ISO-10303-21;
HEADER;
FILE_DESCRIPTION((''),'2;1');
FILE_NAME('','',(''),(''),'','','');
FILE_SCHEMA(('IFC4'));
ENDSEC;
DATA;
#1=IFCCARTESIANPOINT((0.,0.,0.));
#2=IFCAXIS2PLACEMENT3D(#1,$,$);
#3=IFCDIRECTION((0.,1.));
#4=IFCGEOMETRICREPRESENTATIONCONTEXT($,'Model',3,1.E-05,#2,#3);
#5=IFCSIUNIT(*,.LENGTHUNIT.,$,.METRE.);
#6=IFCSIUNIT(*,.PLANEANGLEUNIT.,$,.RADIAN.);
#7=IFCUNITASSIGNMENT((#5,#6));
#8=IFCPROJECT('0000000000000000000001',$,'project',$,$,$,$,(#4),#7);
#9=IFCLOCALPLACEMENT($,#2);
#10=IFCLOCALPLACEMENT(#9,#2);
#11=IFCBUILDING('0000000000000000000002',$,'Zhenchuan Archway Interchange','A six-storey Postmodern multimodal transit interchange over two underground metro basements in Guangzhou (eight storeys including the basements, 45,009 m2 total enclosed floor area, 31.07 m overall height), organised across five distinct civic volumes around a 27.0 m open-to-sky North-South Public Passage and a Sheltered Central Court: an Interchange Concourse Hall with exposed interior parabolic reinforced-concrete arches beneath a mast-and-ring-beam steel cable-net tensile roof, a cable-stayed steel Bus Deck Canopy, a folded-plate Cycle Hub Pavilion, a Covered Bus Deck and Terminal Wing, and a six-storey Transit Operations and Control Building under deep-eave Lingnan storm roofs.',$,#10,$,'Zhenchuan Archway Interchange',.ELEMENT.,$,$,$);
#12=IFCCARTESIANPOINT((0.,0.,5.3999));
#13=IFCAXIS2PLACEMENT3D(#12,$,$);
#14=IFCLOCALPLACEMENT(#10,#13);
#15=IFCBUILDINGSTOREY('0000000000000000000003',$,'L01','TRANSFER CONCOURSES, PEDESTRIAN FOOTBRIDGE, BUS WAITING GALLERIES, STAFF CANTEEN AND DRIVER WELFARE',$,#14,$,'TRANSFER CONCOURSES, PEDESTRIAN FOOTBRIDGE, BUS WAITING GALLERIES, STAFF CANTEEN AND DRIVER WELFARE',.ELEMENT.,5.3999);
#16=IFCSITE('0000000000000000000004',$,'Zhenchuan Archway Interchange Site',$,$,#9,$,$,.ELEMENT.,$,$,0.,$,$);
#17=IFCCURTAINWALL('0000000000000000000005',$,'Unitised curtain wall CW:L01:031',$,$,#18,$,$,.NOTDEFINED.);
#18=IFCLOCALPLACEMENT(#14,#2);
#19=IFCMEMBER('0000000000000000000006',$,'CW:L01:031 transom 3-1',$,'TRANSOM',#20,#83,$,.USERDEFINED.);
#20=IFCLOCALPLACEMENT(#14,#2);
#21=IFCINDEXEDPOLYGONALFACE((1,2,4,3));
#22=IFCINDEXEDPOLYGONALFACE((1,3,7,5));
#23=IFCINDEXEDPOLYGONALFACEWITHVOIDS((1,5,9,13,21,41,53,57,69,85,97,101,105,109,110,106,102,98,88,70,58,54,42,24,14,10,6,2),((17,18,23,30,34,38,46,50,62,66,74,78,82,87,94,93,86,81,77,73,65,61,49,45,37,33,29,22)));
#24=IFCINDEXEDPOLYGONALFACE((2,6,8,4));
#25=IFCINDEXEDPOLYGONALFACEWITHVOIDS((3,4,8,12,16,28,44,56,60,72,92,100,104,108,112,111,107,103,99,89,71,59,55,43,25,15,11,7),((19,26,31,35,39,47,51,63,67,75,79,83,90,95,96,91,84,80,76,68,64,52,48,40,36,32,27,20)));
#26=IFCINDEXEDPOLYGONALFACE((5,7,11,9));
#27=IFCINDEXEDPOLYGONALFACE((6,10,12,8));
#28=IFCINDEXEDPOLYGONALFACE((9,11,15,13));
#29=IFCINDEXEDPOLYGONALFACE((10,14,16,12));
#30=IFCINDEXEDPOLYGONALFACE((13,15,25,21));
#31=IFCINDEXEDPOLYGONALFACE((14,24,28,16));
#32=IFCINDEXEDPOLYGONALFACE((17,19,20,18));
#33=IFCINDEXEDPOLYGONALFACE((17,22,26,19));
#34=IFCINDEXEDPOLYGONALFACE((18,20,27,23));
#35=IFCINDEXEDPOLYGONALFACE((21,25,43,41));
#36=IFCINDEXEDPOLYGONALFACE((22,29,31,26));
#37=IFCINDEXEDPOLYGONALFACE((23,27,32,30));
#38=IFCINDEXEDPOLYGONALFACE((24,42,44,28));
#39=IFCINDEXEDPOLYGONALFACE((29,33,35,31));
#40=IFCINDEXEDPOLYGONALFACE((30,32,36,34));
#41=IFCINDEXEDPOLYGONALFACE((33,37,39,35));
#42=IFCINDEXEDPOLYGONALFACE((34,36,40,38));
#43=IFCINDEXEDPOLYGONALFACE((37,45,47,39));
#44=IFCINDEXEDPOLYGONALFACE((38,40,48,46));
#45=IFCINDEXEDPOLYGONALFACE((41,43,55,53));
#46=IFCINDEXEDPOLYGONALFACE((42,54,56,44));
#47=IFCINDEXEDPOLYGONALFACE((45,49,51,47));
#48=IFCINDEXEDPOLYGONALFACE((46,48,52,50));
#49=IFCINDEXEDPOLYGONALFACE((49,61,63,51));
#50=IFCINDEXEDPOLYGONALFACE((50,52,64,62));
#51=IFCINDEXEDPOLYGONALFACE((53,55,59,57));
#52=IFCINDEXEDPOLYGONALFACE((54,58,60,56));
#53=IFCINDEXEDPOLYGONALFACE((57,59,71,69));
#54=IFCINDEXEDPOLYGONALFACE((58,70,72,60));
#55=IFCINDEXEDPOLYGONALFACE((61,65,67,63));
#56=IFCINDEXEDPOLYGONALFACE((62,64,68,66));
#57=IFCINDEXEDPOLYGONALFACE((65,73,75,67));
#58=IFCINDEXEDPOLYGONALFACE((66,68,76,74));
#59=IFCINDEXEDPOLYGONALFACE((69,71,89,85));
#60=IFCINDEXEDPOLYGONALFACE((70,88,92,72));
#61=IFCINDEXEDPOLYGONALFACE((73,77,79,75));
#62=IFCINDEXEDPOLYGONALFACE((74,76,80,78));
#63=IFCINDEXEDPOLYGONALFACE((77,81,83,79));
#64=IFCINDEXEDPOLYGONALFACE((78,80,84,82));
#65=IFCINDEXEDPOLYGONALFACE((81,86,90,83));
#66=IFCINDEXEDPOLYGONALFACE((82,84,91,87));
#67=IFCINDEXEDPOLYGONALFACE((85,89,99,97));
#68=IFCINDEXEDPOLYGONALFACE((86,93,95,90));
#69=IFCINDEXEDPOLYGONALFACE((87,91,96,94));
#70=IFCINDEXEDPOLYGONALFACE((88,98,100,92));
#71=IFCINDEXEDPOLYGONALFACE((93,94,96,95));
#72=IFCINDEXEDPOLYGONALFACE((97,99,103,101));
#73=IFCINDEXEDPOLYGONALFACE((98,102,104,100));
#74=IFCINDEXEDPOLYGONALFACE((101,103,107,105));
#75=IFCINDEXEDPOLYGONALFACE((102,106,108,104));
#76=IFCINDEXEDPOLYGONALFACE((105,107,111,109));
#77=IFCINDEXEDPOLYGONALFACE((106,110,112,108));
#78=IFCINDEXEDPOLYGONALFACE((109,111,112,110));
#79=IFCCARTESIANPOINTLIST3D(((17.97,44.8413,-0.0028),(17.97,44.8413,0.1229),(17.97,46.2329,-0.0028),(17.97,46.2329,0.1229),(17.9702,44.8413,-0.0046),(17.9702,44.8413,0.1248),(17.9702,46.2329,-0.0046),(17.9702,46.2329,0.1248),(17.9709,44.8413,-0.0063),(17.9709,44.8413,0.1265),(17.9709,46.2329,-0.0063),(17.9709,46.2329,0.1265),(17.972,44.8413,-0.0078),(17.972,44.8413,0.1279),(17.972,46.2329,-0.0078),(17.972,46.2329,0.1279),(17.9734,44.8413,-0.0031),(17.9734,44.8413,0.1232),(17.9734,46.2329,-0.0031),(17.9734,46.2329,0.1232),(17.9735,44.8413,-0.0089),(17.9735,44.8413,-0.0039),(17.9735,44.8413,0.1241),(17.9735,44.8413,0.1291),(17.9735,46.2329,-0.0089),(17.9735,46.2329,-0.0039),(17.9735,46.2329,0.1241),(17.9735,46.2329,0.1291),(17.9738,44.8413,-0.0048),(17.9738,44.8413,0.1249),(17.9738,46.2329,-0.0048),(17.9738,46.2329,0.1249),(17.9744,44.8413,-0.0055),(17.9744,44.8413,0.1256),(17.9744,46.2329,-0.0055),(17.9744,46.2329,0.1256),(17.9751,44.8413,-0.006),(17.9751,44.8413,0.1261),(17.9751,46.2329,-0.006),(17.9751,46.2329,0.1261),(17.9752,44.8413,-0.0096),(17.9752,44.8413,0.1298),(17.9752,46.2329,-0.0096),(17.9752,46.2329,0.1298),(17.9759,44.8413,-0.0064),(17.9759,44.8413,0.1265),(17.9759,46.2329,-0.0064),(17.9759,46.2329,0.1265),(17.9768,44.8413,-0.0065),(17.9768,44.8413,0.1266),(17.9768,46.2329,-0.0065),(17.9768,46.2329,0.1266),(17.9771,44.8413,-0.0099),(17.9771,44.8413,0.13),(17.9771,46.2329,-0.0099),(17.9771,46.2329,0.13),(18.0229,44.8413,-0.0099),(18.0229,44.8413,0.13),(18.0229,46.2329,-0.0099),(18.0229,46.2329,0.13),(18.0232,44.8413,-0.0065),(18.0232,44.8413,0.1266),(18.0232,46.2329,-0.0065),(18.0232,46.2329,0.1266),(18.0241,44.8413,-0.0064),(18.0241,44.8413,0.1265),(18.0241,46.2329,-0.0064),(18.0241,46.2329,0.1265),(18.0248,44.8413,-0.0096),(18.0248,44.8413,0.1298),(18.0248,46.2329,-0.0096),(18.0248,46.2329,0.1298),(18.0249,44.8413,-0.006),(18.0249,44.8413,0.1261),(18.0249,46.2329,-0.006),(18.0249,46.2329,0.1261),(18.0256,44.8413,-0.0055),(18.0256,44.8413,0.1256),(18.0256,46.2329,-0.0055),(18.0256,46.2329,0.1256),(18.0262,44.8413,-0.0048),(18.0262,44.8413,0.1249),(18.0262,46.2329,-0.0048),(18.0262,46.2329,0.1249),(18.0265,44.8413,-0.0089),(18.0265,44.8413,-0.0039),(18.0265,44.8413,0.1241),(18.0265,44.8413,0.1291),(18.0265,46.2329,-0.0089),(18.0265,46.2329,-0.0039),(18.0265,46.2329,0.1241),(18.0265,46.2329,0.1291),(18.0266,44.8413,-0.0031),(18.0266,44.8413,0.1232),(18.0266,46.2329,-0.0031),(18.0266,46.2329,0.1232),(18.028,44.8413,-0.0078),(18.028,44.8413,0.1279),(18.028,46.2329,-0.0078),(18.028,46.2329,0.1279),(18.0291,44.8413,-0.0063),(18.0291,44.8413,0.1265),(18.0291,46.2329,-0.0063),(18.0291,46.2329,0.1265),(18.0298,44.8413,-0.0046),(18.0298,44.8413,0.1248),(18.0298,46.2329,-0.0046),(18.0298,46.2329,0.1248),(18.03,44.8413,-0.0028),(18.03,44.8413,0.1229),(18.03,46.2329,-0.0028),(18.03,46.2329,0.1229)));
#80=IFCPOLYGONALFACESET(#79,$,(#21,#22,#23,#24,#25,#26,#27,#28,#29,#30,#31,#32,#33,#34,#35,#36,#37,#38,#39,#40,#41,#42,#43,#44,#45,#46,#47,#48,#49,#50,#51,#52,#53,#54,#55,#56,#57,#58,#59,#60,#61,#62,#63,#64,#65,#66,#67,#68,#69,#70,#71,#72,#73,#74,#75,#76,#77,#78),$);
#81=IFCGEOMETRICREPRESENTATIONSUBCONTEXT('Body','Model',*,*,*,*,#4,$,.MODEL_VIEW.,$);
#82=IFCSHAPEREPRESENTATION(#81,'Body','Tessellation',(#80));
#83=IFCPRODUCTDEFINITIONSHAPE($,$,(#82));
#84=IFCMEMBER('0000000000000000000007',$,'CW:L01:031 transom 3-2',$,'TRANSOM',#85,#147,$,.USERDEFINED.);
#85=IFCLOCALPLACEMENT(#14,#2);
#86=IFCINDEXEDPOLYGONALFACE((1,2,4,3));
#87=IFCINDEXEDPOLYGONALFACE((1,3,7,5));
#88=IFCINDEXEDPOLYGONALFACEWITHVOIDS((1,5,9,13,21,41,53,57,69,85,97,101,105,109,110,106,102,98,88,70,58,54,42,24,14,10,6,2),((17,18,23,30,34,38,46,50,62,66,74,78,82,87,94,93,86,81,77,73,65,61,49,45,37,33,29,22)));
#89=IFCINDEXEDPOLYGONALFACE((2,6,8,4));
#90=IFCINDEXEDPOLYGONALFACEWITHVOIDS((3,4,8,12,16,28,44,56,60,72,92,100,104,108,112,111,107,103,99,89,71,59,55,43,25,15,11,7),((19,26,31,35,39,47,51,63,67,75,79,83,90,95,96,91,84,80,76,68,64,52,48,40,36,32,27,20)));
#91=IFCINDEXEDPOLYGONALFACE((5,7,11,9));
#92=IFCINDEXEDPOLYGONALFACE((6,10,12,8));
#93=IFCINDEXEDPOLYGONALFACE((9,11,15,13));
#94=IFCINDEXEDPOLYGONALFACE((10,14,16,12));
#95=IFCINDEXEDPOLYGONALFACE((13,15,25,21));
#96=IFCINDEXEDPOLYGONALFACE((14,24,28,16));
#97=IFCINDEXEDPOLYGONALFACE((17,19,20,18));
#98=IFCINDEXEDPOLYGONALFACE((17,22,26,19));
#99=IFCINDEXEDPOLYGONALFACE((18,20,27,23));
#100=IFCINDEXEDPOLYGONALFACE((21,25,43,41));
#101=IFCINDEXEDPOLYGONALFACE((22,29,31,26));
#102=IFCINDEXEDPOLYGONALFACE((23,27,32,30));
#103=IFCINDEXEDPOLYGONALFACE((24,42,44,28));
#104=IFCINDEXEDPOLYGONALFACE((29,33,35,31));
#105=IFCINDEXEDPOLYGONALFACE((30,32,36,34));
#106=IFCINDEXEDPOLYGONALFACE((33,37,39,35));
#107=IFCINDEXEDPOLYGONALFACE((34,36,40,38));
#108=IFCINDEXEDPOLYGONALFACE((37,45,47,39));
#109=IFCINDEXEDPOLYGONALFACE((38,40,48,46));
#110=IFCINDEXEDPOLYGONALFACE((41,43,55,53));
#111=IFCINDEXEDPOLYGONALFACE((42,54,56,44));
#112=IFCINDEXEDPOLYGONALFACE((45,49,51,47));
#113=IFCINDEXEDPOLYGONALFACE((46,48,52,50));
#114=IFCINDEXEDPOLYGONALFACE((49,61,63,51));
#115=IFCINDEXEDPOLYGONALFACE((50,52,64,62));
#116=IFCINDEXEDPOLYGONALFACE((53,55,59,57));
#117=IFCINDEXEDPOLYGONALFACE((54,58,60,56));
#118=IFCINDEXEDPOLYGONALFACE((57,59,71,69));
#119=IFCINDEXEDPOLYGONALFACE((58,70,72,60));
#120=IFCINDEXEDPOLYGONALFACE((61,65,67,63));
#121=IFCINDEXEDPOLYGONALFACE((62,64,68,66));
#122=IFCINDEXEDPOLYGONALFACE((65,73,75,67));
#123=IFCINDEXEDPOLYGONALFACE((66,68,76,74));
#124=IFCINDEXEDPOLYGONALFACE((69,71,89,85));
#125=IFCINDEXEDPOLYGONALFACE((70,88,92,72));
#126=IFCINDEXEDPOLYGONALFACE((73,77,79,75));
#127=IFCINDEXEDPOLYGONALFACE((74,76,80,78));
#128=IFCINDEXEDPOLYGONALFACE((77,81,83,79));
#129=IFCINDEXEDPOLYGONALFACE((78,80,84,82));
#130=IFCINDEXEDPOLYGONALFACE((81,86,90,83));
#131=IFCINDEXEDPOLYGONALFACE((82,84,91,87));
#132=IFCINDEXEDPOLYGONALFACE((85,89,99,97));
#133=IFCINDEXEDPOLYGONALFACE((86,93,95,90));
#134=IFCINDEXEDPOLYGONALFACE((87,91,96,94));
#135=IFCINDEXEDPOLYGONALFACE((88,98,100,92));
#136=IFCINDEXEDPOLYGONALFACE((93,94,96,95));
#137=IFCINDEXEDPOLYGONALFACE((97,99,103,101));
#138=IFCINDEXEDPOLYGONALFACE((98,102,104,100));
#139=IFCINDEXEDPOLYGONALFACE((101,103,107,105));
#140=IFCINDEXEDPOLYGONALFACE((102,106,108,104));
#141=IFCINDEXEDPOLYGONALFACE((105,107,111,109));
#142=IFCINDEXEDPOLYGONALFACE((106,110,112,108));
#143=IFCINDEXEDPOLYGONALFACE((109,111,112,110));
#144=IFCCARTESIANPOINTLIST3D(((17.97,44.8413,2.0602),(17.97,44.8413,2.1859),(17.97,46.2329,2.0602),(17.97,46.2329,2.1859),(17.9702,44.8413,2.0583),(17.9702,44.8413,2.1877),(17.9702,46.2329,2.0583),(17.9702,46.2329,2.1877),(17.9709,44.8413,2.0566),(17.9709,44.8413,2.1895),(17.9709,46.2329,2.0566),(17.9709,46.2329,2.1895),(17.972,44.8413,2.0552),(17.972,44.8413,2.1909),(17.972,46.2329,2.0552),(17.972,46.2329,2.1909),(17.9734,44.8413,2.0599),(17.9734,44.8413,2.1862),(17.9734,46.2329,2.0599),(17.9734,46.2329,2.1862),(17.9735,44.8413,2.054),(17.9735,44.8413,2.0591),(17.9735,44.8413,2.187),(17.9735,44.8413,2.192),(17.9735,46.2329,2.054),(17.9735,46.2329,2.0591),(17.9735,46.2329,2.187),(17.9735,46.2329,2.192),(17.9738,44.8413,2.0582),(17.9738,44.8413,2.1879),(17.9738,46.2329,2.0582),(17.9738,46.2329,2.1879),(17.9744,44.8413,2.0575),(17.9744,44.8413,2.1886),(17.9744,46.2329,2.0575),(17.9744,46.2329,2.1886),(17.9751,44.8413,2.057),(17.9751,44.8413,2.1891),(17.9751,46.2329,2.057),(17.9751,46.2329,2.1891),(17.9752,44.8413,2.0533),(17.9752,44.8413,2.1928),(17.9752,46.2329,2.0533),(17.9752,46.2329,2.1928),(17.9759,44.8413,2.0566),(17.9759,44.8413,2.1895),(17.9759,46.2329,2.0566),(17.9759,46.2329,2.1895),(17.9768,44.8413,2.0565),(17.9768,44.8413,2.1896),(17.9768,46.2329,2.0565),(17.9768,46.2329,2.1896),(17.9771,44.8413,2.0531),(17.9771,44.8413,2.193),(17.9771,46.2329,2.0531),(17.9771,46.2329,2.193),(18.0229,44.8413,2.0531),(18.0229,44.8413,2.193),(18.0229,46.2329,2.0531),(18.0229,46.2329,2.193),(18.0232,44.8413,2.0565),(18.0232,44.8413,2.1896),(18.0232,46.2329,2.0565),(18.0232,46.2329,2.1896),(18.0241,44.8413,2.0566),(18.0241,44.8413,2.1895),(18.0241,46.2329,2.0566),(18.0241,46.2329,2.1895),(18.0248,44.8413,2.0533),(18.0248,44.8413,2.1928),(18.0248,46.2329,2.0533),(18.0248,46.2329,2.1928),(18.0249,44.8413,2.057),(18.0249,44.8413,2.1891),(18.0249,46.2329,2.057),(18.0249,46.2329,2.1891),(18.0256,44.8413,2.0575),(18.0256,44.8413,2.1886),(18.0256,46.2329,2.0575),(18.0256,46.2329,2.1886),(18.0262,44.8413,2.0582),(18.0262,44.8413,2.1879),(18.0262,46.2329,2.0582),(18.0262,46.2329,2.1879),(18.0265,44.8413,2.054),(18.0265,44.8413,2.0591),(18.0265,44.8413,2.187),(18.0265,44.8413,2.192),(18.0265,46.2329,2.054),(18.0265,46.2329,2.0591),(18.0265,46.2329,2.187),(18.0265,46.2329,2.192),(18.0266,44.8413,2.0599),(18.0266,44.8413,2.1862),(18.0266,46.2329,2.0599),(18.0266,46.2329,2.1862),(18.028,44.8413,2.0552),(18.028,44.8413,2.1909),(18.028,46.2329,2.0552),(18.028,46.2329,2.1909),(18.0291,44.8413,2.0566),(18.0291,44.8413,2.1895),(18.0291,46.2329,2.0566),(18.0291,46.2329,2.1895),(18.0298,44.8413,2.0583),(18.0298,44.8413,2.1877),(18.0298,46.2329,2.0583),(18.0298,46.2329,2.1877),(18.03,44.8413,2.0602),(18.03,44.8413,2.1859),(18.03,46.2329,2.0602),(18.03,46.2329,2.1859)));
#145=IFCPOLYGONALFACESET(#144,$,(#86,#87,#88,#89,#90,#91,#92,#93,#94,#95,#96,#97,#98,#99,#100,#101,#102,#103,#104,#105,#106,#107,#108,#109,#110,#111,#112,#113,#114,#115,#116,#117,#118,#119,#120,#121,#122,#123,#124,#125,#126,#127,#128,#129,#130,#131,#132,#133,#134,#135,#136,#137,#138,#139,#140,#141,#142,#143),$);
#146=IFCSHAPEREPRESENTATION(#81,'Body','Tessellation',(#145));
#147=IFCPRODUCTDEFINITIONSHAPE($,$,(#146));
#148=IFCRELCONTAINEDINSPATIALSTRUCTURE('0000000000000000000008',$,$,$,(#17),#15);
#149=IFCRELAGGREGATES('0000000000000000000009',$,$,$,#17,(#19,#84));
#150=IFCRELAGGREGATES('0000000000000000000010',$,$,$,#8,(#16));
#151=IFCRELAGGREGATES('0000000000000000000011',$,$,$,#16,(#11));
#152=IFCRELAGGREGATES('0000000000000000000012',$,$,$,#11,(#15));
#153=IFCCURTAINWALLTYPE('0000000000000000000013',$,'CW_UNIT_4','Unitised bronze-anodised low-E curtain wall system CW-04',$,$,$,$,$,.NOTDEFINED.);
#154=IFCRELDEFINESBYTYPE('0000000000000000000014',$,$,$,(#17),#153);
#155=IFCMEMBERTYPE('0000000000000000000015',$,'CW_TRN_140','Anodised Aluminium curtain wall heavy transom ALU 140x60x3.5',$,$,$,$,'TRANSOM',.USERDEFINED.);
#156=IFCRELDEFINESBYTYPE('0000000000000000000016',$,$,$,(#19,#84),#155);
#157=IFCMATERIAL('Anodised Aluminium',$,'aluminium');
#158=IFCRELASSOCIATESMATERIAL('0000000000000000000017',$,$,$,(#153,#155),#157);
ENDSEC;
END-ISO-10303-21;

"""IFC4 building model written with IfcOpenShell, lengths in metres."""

from ifc_helpers import new_model, si_unit, direction, frame, origin, origin_2d, place, context, subcontext, project, spatial, hollow_rectangle, extrude, material, material_profile, profile_set, type_object, element, aggregate, save


model = new_model("IFC4")

# Units and contexts
model_context = context("Model", 3, precision=1e-05, world=origin(), true_north=direction((0.0, 1.0)))
body_context = subcontext(model_context, "Body", "Model", "MODEL_VIEW")
ifc_project = project(units=[si_unit("LENGTHUNIT", "METRE"), si_unit("PLANEANGLEUNIT", "RADIAN")], contexts=[model_context])

# Site, building, storey
site_placement = place(None, origin())
site = spatial("IfcSite", under=ifc_project, at=site_placement, Name="Zhenchuan Archway Interchange Site", CompositionType="ELEMENT", RefElevation=0.0)
building_placement = place(site_placement, origin())
building = spatial("IfcBuilding", under=site, at=building_placement, Name="Zhenchuan Archway Interchange", Description="A six-storey Postmodern multimodal transit interchange over two underground metro basements in Guangzhou (eight storeys including the basements, 45,009 m2 total enclosed floor area, 31.07 m overall height), organised across five distinct civic volumes around a 27.0 m open-to-sky North-South Public Passage and a Sheltered Central Court: an Interchange Concourse Hall with exposed interior parabolic reinforced-concrete arches beneath a mast-and-ring-beam steel cable-net tensile roof, a cable-stayed steel Bus Deck Canopy, a folded-plate Cycle Hub Pavilion, a Covered Bus Deck and Terminal Wing, and a six-storey Transit Operations and Control Building under deep-eave Lingnan storm roofs.", LongName="Zhenchuan Archway Interchange", CompositionType="ELEMENT")
storey_placement = place(building_placement, frame((0.0, 0.0, 5.3999)))
storey = spatial("IfcBuildingStorey", under=building, at=storey_placement, Name="L01", Description="TRANSFER CONCOURSES, PEDESTRIAN FOOTBRIDGE, BUS WAITING GALLERIES, STAFF CANTEEN AND DRIVER WELFARE", LongName="TRANSFER CONCOURSES, PEDESTRIAN FOOTBRIDGE, BUS WAITING GALLERIES, STAFF CANTEEN AND DRIVER WELFARE", CompositionType="ELEMENT", Elevation=5.3999)

# Curtain wall, members
ifc_material_1 = material(Name="Anodised Aluminium", Category="aluminium")
curtain_wall_type = type_object("IfcCurtainWallType", Name="CW_UNIT_4", Description="Unitised bronze-anodised low-E curtain wall system CW-04", PredefinedType="NOTDEFINED", material=ifc_material_1)
curtain_wall_placement = place(storey_placement, origin())
curtain_wall = element("IfcCurtainWall", 1, at=curtain_wall_placement, inside=storey, type_object=curtain_wall_type, Name="Unitised curtain wall CW:L01:031", PredefinedType="NOTDEFINED")
ifc_material_profile_1 = material_profile(ifc_material_1, hollow_rectangle(XDim=0.0601, YDim=0.1399, WallThickness=0.0034, InnerFilletRadius=0.0034, OuterFilletRadius=0.0071, at=origin_2d()), Name="ALU 140x60x3.5")
ifc_profile_set_1 = profile_set([ifc_material_profile_1], Name="Anodised Aluminium")
member_type_1 = type_object("IfcMemberType", Name="CW_TRN_140", Description="Anodised Aluminium curtain wall heavy transom ALU 140x60x3.5", ElementType="TRANSOM", PredefinedType="USERDEFINED", material=ifc_profile_set_1)
member_1_placement = place(storey_placement, frame((18.0, 44.8413, 0.0601), z_axis=(0.0, 1.0, 0.0), x_axis=(-1.0, 0.0, 0.0)))
member_1 = element("IfcMember", 2, at=member_1_placement, type_object=member_type_1, Name="CW:L01:031 transom 3-1", ObjectType="TRANSOM", PredefinedType="USERDEFINED", context=body_context, shape_type="SweptSolid", body=[
    extrude(hollow_rectangle(XDim=0.0601, YDim=0.1399, WallThickness=0.0034, InnerFilletRadius=0.0034, OuterFilletRadius=0.0071, at=origin_2d()), origin(), (0.0, 0.0, 1.0), 1.3916),
])
member_2_placement = place(storey_placement, frame((18.0, 44.8413, 2.123), z_axis=(0.0, 1.0, 0.0), x_axis=(-1.0, 0.0, 0.0)))
member_2 = element("IfcMember", 3, at=member_2_placement, type_object=member_type_1, Name="CW:L01:031 transom 3-2", ObjectType="TRANSOM", PredefinedType="USERDEFINED", context=body_context, shape_type="SweptSolid", body=[
    extrude(hollow_rectangle(XDim=0.0601, YDim=0.1399, WallThickness=0.0034, InnerFilletRadius=0.0034, OuterFilletRadius=0.0071, at=origin_2d()), origin(), (0.0, 0.0, 1.0), 1.3916),
])
aggregate(curtain_wall, [member_1, member_2])

save(model, "model.ifc")
